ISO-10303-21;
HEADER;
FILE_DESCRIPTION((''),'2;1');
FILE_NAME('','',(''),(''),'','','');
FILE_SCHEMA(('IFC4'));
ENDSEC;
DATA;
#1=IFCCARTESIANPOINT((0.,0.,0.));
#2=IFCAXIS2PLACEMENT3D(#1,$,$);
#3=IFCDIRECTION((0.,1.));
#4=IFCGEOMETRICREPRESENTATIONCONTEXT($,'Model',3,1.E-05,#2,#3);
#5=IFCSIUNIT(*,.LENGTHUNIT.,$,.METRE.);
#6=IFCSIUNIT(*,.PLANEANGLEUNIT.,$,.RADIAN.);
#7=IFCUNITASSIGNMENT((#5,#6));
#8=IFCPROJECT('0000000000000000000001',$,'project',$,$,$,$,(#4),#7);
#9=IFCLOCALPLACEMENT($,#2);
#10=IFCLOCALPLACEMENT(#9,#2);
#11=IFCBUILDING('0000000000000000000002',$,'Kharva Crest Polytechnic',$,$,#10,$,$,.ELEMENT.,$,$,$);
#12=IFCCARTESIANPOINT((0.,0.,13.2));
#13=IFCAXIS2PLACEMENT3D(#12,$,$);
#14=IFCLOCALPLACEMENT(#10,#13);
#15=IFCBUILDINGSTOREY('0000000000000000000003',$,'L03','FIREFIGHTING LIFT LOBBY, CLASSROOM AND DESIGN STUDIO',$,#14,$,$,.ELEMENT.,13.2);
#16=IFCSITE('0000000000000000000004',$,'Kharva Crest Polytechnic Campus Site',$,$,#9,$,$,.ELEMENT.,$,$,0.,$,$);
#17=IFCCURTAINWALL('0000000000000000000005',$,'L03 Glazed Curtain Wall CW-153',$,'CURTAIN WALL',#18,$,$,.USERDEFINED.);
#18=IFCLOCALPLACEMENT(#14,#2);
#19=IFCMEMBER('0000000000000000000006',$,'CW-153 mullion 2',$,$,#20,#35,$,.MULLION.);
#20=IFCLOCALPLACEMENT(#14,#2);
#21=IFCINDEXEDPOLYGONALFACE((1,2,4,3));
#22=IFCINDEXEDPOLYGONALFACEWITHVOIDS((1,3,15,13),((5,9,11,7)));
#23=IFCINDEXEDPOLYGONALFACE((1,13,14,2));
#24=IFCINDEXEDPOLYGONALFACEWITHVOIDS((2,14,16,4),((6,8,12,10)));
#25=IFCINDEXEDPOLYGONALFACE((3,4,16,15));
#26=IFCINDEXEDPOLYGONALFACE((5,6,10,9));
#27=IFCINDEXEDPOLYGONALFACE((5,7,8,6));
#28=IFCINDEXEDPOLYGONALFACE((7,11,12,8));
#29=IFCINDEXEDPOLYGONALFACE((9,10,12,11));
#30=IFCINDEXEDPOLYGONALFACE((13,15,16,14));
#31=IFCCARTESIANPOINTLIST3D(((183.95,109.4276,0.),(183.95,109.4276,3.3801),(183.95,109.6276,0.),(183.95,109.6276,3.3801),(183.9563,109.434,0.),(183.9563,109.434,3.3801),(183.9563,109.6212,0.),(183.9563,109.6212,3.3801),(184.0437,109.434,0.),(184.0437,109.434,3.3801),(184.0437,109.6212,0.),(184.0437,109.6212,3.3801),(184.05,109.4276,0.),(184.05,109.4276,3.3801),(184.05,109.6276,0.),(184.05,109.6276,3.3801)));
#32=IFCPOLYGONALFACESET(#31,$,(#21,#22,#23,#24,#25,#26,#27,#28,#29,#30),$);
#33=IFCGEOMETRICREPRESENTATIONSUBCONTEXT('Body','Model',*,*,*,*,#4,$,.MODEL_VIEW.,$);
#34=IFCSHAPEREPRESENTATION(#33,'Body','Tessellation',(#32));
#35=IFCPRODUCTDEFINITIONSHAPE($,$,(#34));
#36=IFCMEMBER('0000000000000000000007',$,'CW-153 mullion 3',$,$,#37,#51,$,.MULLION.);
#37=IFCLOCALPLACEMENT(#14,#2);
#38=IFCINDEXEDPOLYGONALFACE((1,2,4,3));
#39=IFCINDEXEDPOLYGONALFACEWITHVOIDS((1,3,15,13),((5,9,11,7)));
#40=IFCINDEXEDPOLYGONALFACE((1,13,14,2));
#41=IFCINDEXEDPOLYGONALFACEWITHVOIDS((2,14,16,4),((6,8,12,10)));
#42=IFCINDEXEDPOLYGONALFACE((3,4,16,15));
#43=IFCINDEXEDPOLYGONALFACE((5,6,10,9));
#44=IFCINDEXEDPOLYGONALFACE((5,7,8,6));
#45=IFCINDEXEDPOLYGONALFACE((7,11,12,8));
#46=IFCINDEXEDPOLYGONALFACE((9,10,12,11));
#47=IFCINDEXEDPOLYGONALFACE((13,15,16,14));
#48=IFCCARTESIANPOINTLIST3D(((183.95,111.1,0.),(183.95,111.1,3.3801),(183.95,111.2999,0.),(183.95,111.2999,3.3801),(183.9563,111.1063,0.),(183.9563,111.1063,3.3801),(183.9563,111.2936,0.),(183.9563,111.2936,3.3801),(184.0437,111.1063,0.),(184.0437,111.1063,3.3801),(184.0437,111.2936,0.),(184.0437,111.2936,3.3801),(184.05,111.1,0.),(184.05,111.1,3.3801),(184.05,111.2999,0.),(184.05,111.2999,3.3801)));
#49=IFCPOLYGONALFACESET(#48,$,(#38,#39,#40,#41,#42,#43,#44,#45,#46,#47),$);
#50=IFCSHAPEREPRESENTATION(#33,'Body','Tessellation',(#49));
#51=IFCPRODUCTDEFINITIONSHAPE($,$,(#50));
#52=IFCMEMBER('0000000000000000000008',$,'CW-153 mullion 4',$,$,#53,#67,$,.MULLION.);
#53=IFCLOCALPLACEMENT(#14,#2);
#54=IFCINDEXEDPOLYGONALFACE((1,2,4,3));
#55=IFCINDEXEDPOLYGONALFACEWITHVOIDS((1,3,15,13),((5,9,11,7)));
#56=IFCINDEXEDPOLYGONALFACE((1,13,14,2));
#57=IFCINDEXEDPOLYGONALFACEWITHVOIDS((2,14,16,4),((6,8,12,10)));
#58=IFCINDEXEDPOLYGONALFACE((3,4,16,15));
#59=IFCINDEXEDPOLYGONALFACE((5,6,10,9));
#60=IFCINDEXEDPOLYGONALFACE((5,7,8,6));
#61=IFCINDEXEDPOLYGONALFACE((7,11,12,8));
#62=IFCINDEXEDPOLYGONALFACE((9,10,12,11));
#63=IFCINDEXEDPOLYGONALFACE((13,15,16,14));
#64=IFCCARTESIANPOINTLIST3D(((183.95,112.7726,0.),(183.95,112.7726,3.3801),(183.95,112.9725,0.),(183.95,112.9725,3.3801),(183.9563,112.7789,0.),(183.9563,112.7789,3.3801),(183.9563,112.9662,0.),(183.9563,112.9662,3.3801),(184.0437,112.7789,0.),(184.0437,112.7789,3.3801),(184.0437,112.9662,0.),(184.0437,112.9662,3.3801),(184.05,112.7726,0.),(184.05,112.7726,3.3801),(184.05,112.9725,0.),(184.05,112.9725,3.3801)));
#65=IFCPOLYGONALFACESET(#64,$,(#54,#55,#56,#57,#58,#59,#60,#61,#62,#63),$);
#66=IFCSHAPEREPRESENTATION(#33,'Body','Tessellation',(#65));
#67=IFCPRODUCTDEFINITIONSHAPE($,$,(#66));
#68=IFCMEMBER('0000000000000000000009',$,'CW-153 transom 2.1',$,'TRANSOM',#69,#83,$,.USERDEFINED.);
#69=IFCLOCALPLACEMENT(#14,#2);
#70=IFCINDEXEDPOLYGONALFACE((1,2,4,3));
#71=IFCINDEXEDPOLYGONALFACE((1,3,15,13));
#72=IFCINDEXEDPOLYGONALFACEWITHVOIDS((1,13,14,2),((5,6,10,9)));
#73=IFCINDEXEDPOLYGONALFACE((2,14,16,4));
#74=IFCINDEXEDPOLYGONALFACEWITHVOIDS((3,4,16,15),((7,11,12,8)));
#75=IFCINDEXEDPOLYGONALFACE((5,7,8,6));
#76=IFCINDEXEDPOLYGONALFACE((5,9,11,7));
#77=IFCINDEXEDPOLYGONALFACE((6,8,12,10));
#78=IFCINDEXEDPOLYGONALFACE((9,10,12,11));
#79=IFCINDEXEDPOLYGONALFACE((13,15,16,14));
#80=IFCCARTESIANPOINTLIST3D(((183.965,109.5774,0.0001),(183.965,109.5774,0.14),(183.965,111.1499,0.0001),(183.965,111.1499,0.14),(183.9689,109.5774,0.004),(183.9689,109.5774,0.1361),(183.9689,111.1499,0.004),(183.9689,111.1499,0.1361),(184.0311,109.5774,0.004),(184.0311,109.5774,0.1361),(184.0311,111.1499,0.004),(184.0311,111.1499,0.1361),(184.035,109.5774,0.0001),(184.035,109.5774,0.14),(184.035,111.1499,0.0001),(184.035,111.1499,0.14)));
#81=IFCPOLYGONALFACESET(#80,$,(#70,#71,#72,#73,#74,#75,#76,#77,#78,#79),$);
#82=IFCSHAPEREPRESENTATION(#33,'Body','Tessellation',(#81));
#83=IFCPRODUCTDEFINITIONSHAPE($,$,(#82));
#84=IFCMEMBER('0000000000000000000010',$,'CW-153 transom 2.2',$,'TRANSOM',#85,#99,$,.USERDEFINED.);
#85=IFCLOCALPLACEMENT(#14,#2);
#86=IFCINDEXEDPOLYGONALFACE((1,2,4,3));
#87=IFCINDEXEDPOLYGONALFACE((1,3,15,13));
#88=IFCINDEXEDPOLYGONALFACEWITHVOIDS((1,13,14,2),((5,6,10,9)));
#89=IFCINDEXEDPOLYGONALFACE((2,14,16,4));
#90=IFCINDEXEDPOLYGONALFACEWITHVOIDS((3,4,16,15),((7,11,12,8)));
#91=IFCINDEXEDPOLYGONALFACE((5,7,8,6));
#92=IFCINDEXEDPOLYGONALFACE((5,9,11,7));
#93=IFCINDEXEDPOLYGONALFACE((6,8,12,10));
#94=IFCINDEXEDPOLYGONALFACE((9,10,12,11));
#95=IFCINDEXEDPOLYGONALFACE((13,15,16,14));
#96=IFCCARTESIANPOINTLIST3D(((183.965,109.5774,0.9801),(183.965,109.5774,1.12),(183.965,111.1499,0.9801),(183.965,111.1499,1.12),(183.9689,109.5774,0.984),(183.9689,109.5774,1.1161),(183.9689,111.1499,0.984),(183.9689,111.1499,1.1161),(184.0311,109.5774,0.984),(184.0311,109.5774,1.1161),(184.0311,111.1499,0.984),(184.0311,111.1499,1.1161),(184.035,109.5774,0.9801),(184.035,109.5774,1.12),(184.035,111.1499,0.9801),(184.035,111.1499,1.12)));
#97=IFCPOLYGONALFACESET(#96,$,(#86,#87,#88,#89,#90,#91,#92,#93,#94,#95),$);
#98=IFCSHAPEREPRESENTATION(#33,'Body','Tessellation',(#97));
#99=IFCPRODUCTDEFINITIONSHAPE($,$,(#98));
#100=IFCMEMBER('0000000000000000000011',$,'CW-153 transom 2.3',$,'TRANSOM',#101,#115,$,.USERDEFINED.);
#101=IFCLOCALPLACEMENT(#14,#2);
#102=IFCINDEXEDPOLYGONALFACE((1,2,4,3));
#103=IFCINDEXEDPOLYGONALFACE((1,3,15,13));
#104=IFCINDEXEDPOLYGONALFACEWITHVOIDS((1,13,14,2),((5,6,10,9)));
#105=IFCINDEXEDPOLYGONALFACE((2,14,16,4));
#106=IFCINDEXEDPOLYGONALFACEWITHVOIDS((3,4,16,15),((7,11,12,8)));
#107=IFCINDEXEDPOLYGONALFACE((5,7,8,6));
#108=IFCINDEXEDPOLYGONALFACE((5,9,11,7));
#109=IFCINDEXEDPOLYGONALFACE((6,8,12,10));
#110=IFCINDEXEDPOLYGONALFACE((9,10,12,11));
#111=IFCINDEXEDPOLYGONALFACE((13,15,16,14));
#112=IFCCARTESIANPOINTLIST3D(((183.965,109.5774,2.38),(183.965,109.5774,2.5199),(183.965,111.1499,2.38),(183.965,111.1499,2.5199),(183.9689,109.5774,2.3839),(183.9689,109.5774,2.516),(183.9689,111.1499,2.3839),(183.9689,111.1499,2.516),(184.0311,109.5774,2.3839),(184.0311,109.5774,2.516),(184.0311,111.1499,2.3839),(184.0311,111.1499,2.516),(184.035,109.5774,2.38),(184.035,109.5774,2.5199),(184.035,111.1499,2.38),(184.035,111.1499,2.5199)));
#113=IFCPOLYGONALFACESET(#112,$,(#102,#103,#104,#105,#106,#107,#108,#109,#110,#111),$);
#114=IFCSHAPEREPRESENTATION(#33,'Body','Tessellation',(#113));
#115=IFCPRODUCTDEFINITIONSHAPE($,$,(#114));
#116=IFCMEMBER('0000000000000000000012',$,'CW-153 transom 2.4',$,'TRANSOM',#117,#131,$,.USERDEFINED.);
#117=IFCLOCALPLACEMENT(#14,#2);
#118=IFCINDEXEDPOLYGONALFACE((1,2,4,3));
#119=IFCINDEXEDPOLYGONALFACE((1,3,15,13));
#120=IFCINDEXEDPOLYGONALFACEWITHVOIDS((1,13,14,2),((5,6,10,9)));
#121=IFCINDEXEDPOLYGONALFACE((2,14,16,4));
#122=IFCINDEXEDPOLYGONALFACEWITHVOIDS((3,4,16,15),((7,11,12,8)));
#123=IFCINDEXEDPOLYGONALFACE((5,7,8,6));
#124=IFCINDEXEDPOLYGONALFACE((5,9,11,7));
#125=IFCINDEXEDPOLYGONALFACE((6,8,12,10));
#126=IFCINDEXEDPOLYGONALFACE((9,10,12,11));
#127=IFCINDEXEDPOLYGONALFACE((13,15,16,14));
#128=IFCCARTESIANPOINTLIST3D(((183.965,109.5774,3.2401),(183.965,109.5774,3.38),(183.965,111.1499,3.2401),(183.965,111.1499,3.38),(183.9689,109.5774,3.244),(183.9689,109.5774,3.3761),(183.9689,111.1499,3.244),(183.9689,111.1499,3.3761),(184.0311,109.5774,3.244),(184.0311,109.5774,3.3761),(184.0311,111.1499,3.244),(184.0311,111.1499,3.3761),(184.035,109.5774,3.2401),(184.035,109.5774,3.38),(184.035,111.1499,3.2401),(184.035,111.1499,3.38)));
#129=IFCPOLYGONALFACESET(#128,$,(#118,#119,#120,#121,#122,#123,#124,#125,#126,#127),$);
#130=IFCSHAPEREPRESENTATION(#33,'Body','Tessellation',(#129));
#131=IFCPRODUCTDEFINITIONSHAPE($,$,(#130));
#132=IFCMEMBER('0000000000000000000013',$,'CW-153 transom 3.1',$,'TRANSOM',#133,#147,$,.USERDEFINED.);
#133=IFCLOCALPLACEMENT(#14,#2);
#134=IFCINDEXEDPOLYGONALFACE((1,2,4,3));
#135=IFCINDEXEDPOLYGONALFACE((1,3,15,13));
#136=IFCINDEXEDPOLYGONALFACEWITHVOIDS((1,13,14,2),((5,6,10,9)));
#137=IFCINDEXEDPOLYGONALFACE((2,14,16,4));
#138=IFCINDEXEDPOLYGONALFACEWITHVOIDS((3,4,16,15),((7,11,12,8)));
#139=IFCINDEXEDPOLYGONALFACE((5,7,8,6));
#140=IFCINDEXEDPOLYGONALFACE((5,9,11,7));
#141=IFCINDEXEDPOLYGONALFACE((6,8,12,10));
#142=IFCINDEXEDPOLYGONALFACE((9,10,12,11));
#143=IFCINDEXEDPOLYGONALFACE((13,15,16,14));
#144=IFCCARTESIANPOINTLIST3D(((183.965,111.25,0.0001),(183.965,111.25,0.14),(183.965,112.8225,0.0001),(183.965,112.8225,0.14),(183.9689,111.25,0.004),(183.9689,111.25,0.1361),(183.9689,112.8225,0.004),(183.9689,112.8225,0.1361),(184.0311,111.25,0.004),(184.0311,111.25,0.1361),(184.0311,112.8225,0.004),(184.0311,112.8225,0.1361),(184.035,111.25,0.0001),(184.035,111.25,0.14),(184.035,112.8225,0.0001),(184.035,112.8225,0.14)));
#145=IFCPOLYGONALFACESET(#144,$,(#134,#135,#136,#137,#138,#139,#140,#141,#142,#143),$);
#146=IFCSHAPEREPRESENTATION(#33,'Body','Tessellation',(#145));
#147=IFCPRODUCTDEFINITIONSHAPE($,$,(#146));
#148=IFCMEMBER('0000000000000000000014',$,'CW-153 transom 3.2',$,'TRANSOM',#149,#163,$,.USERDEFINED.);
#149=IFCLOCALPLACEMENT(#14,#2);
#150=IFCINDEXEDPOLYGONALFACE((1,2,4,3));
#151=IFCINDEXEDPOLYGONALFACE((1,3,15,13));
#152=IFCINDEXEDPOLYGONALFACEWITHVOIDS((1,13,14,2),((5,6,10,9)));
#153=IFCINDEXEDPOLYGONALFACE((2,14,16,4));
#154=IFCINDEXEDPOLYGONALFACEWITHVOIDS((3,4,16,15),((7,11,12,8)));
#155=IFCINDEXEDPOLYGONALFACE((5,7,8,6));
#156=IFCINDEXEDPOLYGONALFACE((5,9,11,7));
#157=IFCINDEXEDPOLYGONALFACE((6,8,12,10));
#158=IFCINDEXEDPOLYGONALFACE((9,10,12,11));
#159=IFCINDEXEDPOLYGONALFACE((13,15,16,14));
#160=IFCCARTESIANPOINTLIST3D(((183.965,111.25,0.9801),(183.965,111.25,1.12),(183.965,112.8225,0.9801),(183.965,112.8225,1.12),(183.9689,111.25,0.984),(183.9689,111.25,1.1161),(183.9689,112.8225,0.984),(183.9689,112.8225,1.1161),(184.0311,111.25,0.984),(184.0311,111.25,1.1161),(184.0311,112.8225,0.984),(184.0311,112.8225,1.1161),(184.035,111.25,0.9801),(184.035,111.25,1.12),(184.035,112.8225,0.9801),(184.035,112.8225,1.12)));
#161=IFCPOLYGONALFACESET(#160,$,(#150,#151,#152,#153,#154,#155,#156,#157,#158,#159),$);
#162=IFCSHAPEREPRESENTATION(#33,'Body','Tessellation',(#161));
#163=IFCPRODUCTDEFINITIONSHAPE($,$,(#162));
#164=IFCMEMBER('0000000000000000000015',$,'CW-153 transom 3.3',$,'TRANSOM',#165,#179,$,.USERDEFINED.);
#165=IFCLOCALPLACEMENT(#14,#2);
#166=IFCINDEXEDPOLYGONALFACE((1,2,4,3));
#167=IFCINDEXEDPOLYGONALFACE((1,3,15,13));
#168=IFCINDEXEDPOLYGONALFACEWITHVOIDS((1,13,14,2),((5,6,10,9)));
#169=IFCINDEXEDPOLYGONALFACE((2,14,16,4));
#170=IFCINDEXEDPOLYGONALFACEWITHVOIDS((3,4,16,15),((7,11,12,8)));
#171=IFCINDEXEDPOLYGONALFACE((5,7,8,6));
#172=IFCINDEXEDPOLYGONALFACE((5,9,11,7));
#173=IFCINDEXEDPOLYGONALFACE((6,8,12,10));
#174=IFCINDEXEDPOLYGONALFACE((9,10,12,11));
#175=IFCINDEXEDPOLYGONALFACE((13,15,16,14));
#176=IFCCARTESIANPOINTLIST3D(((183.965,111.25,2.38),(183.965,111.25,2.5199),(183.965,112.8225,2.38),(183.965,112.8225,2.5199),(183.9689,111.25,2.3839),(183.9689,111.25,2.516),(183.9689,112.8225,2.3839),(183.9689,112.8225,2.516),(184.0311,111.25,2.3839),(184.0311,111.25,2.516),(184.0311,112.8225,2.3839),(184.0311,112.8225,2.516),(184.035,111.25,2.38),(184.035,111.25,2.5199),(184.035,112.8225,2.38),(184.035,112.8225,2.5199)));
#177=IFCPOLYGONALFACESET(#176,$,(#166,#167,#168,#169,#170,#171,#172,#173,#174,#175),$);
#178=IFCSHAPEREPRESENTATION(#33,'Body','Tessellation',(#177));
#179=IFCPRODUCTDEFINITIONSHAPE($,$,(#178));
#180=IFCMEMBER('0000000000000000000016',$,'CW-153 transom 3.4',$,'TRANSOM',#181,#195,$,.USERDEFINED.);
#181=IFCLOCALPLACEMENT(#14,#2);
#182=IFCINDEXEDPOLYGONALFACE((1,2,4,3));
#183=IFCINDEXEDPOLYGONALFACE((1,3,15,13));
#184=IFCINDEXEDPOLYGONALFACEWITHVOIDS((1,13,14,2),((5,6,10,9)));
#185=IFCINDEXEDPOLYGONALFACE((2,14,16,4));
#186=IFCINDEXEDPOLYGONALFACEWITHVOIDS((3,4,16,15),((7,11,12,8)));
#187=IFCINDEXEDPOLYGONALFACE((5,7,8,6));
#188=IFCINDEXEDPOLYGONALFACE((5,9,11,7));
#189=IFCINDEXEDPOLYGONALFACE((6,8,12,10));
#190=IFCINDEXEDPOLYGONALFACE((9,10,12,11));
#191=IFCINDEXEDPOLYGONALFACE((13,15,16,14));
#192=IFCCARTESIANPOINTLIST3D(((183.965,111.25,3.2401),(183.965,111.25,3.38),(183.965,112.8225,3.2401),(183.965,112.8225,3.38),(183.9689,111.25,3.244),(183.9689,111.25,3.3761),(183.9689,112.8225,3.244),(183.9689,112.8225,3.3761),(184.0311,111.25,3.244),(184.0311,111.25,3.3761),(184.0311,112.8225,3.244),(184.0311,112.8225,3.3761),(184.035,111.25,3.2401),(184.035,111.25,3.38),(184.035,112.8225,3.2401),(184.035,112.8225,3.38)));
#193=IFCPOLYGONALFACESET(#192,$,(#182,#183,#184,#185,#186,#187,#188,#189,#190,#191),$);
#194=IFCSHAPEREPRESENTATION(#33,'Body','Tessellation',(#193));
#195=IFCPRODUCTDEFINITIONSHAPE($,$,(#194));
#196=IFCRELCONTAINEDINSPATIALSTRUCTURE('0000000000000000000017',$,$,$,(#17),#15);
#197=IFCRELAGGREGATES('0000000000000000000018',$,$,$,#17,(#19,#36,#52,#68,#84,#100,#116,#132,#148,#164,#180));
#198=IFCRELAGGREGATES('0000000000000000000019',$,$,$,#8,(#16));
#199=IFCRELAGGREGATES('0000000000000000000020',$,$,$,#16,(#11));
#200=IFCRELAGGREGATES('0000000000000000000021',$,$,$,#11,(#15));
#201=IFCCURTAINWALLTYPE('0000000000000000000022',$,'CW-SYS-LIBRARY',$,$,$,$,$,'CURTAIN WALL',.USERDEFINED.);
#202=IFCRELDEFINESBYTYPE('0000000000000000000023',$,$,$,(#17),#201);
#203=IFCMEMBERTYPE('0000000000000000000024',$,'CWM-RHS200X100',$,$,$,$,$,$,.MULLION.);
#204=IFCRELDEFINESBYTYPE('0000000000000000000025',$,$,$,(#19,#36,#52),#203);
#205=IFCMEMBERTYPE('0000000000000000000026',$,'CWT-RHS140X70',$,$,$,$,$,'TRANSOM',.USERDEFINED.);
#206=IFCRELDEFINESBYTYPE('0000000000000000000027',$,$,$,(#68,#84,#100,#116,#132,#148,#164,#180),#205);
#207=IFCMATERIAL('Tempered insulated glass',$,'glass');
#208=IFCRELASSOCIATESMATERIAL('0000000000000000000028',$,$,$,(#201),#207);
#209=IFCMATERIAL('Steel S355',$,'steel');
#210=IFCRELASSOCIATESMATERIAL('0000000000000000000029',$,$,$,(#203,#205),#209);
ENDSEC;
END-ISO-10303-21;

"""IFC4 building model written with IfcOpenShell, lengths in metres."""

from ifc_helpers import new_model, si_unit, direction, frame, origin, origin_2d, place, context, subcontext, project, spatial, hollow_rectangle, extrude, material, material_profile, profile_set, type_object, element, aggregate, save


model = new_model("IFC4")

# Units and contexts
model_context = context("Model", 3, precision=1e-05, world=origin(), true_north=direction((0.0, 1.0)))
body_context = subcontext(model_context, "Body", "Model", "MODEL_VIEW")
ifc_project = project(units=[si_unit("LENGTHUNIT", "METRE"), si_unit("PLANEANGLEUNIT", "RADIAN")], contexts=[model_context])

# Site, building, storey
site_placement = place(None, origin())
site = spatial("IfcSite", under=ifc_project, at=site_placement, Name="Kharva Crest Polytechnic Campus Site", CompositionType="ELEMENT", RefElevation=0.0)
building_placement = place(site_placement, origin())
building = spatial("IfcBuilding", under=site, at=building_placement, Name="Kharva Crest Polytechnic", CompositionType="ELEMENT")
storey_placement = place(building_placement, frame((0.0, 0.0, 13.2)))
storey = spatial("IfcBuildingStorey", under=building, at=storey_placement, Name="L03", Description="FIREFIGHTING LIFT LOBBY, CLASSROOM AND DESIGN STUDIO", CompositionType="ELEMENT", Elevation=13.2)

# Curtain wall, members
ifc_material_1 = material(Name="Tempered insulated glass", Category="glass")
curtain_wall_type = type_object("IfcCurtainWallType", Name="CW-SYS-LIBRARY", ElementType="CURTAIN WALL", PredefinedType="USERDEFINED", material=ifc_material_1)
curtain_wall_placement = place(storey_placement, origin())
curtain_wall = element("IfcCurtainWall", 1, at=curtain_wall_placement, inside=storey, type_object=curtain_wall_type, Name="L03 Glazed Curtain Wall CW-153", ObjectType="CURTAIN WALL", PredefinedType="USERDEFINED")
ifc_material_2 = material(Name="Steel S355", Category="steel")
ifc_material_profile_1 = material_profile(ifc_material_2, hollow_rectangle(XDim=0.1001, YDim=0.2, WallThickness=0.0063, at=origin_2d()), Name="RHS 200X100X6.3")
ifc_profile_set_1 = profile_set([ifc_material_profile_1], Name="Steel S355")
member_type_1 = type_object("IfcMemberType", Name="CWM-RHS200X100", PredefinedType="MULLION", material=ifc_profile_set_1)
member_1_placement = place(storey_placement, frame((184.0, 109.5276, 0.0), z_axis=(0.0, 0.0, 1.0), x_axis=(-1.0, 0.0, 0.0)))
member_1 = element("IfcMember", 2, at=member_1_placement, type_object=member_type_1, Name="CW-153 mullion 2", PredefinedType="MULLION", context=body_context, shape_type="SweptSolid", body=[
    extrude(hollow_rectangle(XDim=0.1001, YDim=0.2, WallThickness=0.0063, at=origin_2d()), origin(), (0.0, 0.0, 1.0), 3.3801),
])
member_2_placement = place(storey_placement, frame((184.0, 111.2, 0.0), z_axis=(0.0, 0.0, 1.0), x_axis=(-1.0, 0.0, 0.0)))
member_2 = element("IfcMember", 3, at=member_2_placement, type_object=member_type_1, Name="CW-153 mullion 3", PredefinedType="MULLION", context=body_context, shape_type="SweptSolid", body=[
    extrude(hollow_rectangle(XDim=0.1001, YDim=0.2, WallThickness=0.0063, at=origin_2d()), origin(), (0.0, 0.0, 1.0), 3.3801),
])
member_3_placement = place(storey_placement, frame((184.0, 112.8726, 0.0), z_axis=(0.0, 0.0, 1.0), x_axis=(-1.0, 0.0, 0.0)))
member_3 = element("IfcMember", 4, at=member_3_placement, type_object=member_type_1, Name="CW-153 mullion 4", PredefinedType="MULLION", context=body_context, shape_type="SweptSolid", body=[
    extrude(hollow_rectangle(XDim=0.1001, YDim=0.2, WallThickness=0.0063, at=origin_2d()), origin(), (0.0, 0.0, 1.0), 3.3801),
])
ifc_material_profile_2 = material_profile(ifc_material_2, hollow_rectangle(XDim=0.0701, YDim=0.1399, WallThickness=0.0039, at=origin_2d()), Name="RHS 140X70X4.0")
ifc_profile_set_2 = profile_set([ifc_material_profile_2], Name="Steel S355")
member_type_2 = type_object("IfcMemberType", Name="CWT-RHS140X70", ElementType="TRANSOM", PredefinedType="USERDEFINED", material=ifc_profile_set_2)
member_4_placement = place(storey_placement, frame((184.0, 109.5774, 0.0701), z_axis=(0.0, 1.0, 0.0), x_axis=(-1.0, 0.0, 0.0)))
member_4 = element("IfcMember", 5, at=member_4_placement, type_object=member_type_2, Name="CW-153 transom 2.1", ObjectType="TRANSOM", PredefinedType="USERDEFINED", context=body_context, shape_type="SweptSolid", body=[
    extrude(hollow_rectangle(XDim=0.0701, YDim=0.1399, WallThickness=0.0039, at=origin_2d()), origin(), (0.0, 0.0, 1.0), 1.5725),
])
member_5_placement = place(storey_placement, frame((184.0, 109.5774, 1.05), z_axis=(0.0, 1.0, 0.0), x_axis=(-1.0, 0.0, 0.0)))
member_5 = element("IfcMember", 6, at=member_5_placement, type_object=member_type_2, Name="CW-153 transom 2.2", ObjectType="TRANSOM", PredefinedType="USERDEFINED", context=body_context, shape_type="SweptSolid", body=[
    extrude(hollow_rectangle(XDim=0.0701, YDim=0.1399, WallThickness=0.0039, at=origin_2d()), origin(), (0.0, 0.0, 1.0), 1.5725),
])
member_6_placement = place(storey_placement, frame((184.0, 109.5774, 2.45), z_axis=(0.0, 1.0, 0.0), x_axis=(-1.0, 0.0, 0.0)))
member_6 = element("IfcMember", 7, at=member_6_placement, type_object=member_type_2, Name="CW-153 transom 2.3", ObjectType="TRANSOM", PredefinedType="USERDEFINED", context=body_context, shape_type="SweptSolid", body=[
    extrude(hollow_rectangle(XDim=0.0701, YDim=0.1399, WallThickness=0.0039, at=origin_2d()), origin(), (0.0, 0.0, 1.0), 1.5725),
])
member_7_placement = place(storey_placement, frame((184.0, 109.5774, 3.3101), z_axis=(0.0, 1.0, 0.0), x_axis=(-1.0, 0.0, 0.0)))
member_7 = element("IfcMember", 8, at=member_7_placement, type_object=member_type_2, Name="CW-153 transom 2.4", ObjectType="TRANSOM", PredefinedType="USERDEFINED", context=body_context, shape_type="SweptSolid", body=[
    extrude(hollow_rectangle(XDim=0.0701, YDim=0.1399, WallThickness=0.0039, at=origin_2d()), origin(), (0.0, 0.0, 1.0), 1.5725),
])
member_8_placement = place(storey_placement, frame((184.0, 111.25, 0.0701), z_axis=(0.0, 1.0, 0.0), x_axis=(-1.0, 0.0, 0.0)))
member_8 = element("IfcMember", 9, at=member_8_placement, type_object=member_type_2, Name="CW-153 transom 3.1", ObjectType="TRANSOM", PredefinedType="USERDEFINED", context=body_context, shape_type="SweptSolid", body=[
    extrude(hollow_rectangle(XDim=0.0701, YDim=0.1399, WallThickness=0.0039, at=origin_2d()), origin(), (0.0, 0.0, 1.0), 1.5725),
])
member_9_placement = place(storey_placement, frame((184.0, 111.25, 1.05), z_axis=(0.0, 1.0, 0.0), x_axis=(-1.0, 0.0, 0.0)))
member_9 = element("IfcMember", 10, at=member_9_placement, type_object=member_type_2, Name="CW-153 transom 3.2", ObjectType="TRANSOM", PredefinedType="USERDEFINED", context=body_context, shape_type="SweptSolid", body=[
    extrude(hollow_rectangle(XDim=0.0701, YDim=0.1399, WallThickness=0.0039, at=origin_2d()), origin(), (0.0, 0.0, 1.0), 1.5725),
])
member_10_placement = place(storey_placement, frame((184.0, 111.25, 2.45), z_axis=(0.0, 1.0, 0.0), x_axis=(-1.0, 0.0, 0.0)))
member_10 = element("IfcMember", 11, at=member_10_placement, type_object=member_type_2, Name="CW-153 transom 3.3", ObjectType="TRANSOM", PredefinedType="USERDEFINED", context=body_context, shape_type="SweptSolid", body=[
    extrude(hollow_rectangle(XDim=0.0701, YDim=0.1399, WallThickness=0.0039, at=origin_2d()), origin(), (0.0, 0.0, 1.0), 1.5725),
])
member_11_placement = place(storey_placement, frame((184.0, 111.25, 3.3101), z_axis=(0.0, 1.0, 0.0), x_axis=(-1.0, 0.0, 0.0)))
member_11 = element("IfcMember", 12, at=member_11_placement, type_object=member_type_2, Name="CW-153 transom 3.4", ObjectType="TRANSOM", PredefinedType="USERDEFINED", context=body_context, shape_type="SweptSolid", body=[
    extrude(hollow_rectangle(XDim=0.0701, YDim=0.1399, WallThickness=0.0039, at=origin_2d()), origin(), (0.0, 0.0, 1.0), 1.5725),
])
aggregate(curtain_wall, [member_1, member_2, member_3, member_4, member_5, member_6, member_7, member_8, member_9, member_10, member_11])

save(model, "model.ifc")
